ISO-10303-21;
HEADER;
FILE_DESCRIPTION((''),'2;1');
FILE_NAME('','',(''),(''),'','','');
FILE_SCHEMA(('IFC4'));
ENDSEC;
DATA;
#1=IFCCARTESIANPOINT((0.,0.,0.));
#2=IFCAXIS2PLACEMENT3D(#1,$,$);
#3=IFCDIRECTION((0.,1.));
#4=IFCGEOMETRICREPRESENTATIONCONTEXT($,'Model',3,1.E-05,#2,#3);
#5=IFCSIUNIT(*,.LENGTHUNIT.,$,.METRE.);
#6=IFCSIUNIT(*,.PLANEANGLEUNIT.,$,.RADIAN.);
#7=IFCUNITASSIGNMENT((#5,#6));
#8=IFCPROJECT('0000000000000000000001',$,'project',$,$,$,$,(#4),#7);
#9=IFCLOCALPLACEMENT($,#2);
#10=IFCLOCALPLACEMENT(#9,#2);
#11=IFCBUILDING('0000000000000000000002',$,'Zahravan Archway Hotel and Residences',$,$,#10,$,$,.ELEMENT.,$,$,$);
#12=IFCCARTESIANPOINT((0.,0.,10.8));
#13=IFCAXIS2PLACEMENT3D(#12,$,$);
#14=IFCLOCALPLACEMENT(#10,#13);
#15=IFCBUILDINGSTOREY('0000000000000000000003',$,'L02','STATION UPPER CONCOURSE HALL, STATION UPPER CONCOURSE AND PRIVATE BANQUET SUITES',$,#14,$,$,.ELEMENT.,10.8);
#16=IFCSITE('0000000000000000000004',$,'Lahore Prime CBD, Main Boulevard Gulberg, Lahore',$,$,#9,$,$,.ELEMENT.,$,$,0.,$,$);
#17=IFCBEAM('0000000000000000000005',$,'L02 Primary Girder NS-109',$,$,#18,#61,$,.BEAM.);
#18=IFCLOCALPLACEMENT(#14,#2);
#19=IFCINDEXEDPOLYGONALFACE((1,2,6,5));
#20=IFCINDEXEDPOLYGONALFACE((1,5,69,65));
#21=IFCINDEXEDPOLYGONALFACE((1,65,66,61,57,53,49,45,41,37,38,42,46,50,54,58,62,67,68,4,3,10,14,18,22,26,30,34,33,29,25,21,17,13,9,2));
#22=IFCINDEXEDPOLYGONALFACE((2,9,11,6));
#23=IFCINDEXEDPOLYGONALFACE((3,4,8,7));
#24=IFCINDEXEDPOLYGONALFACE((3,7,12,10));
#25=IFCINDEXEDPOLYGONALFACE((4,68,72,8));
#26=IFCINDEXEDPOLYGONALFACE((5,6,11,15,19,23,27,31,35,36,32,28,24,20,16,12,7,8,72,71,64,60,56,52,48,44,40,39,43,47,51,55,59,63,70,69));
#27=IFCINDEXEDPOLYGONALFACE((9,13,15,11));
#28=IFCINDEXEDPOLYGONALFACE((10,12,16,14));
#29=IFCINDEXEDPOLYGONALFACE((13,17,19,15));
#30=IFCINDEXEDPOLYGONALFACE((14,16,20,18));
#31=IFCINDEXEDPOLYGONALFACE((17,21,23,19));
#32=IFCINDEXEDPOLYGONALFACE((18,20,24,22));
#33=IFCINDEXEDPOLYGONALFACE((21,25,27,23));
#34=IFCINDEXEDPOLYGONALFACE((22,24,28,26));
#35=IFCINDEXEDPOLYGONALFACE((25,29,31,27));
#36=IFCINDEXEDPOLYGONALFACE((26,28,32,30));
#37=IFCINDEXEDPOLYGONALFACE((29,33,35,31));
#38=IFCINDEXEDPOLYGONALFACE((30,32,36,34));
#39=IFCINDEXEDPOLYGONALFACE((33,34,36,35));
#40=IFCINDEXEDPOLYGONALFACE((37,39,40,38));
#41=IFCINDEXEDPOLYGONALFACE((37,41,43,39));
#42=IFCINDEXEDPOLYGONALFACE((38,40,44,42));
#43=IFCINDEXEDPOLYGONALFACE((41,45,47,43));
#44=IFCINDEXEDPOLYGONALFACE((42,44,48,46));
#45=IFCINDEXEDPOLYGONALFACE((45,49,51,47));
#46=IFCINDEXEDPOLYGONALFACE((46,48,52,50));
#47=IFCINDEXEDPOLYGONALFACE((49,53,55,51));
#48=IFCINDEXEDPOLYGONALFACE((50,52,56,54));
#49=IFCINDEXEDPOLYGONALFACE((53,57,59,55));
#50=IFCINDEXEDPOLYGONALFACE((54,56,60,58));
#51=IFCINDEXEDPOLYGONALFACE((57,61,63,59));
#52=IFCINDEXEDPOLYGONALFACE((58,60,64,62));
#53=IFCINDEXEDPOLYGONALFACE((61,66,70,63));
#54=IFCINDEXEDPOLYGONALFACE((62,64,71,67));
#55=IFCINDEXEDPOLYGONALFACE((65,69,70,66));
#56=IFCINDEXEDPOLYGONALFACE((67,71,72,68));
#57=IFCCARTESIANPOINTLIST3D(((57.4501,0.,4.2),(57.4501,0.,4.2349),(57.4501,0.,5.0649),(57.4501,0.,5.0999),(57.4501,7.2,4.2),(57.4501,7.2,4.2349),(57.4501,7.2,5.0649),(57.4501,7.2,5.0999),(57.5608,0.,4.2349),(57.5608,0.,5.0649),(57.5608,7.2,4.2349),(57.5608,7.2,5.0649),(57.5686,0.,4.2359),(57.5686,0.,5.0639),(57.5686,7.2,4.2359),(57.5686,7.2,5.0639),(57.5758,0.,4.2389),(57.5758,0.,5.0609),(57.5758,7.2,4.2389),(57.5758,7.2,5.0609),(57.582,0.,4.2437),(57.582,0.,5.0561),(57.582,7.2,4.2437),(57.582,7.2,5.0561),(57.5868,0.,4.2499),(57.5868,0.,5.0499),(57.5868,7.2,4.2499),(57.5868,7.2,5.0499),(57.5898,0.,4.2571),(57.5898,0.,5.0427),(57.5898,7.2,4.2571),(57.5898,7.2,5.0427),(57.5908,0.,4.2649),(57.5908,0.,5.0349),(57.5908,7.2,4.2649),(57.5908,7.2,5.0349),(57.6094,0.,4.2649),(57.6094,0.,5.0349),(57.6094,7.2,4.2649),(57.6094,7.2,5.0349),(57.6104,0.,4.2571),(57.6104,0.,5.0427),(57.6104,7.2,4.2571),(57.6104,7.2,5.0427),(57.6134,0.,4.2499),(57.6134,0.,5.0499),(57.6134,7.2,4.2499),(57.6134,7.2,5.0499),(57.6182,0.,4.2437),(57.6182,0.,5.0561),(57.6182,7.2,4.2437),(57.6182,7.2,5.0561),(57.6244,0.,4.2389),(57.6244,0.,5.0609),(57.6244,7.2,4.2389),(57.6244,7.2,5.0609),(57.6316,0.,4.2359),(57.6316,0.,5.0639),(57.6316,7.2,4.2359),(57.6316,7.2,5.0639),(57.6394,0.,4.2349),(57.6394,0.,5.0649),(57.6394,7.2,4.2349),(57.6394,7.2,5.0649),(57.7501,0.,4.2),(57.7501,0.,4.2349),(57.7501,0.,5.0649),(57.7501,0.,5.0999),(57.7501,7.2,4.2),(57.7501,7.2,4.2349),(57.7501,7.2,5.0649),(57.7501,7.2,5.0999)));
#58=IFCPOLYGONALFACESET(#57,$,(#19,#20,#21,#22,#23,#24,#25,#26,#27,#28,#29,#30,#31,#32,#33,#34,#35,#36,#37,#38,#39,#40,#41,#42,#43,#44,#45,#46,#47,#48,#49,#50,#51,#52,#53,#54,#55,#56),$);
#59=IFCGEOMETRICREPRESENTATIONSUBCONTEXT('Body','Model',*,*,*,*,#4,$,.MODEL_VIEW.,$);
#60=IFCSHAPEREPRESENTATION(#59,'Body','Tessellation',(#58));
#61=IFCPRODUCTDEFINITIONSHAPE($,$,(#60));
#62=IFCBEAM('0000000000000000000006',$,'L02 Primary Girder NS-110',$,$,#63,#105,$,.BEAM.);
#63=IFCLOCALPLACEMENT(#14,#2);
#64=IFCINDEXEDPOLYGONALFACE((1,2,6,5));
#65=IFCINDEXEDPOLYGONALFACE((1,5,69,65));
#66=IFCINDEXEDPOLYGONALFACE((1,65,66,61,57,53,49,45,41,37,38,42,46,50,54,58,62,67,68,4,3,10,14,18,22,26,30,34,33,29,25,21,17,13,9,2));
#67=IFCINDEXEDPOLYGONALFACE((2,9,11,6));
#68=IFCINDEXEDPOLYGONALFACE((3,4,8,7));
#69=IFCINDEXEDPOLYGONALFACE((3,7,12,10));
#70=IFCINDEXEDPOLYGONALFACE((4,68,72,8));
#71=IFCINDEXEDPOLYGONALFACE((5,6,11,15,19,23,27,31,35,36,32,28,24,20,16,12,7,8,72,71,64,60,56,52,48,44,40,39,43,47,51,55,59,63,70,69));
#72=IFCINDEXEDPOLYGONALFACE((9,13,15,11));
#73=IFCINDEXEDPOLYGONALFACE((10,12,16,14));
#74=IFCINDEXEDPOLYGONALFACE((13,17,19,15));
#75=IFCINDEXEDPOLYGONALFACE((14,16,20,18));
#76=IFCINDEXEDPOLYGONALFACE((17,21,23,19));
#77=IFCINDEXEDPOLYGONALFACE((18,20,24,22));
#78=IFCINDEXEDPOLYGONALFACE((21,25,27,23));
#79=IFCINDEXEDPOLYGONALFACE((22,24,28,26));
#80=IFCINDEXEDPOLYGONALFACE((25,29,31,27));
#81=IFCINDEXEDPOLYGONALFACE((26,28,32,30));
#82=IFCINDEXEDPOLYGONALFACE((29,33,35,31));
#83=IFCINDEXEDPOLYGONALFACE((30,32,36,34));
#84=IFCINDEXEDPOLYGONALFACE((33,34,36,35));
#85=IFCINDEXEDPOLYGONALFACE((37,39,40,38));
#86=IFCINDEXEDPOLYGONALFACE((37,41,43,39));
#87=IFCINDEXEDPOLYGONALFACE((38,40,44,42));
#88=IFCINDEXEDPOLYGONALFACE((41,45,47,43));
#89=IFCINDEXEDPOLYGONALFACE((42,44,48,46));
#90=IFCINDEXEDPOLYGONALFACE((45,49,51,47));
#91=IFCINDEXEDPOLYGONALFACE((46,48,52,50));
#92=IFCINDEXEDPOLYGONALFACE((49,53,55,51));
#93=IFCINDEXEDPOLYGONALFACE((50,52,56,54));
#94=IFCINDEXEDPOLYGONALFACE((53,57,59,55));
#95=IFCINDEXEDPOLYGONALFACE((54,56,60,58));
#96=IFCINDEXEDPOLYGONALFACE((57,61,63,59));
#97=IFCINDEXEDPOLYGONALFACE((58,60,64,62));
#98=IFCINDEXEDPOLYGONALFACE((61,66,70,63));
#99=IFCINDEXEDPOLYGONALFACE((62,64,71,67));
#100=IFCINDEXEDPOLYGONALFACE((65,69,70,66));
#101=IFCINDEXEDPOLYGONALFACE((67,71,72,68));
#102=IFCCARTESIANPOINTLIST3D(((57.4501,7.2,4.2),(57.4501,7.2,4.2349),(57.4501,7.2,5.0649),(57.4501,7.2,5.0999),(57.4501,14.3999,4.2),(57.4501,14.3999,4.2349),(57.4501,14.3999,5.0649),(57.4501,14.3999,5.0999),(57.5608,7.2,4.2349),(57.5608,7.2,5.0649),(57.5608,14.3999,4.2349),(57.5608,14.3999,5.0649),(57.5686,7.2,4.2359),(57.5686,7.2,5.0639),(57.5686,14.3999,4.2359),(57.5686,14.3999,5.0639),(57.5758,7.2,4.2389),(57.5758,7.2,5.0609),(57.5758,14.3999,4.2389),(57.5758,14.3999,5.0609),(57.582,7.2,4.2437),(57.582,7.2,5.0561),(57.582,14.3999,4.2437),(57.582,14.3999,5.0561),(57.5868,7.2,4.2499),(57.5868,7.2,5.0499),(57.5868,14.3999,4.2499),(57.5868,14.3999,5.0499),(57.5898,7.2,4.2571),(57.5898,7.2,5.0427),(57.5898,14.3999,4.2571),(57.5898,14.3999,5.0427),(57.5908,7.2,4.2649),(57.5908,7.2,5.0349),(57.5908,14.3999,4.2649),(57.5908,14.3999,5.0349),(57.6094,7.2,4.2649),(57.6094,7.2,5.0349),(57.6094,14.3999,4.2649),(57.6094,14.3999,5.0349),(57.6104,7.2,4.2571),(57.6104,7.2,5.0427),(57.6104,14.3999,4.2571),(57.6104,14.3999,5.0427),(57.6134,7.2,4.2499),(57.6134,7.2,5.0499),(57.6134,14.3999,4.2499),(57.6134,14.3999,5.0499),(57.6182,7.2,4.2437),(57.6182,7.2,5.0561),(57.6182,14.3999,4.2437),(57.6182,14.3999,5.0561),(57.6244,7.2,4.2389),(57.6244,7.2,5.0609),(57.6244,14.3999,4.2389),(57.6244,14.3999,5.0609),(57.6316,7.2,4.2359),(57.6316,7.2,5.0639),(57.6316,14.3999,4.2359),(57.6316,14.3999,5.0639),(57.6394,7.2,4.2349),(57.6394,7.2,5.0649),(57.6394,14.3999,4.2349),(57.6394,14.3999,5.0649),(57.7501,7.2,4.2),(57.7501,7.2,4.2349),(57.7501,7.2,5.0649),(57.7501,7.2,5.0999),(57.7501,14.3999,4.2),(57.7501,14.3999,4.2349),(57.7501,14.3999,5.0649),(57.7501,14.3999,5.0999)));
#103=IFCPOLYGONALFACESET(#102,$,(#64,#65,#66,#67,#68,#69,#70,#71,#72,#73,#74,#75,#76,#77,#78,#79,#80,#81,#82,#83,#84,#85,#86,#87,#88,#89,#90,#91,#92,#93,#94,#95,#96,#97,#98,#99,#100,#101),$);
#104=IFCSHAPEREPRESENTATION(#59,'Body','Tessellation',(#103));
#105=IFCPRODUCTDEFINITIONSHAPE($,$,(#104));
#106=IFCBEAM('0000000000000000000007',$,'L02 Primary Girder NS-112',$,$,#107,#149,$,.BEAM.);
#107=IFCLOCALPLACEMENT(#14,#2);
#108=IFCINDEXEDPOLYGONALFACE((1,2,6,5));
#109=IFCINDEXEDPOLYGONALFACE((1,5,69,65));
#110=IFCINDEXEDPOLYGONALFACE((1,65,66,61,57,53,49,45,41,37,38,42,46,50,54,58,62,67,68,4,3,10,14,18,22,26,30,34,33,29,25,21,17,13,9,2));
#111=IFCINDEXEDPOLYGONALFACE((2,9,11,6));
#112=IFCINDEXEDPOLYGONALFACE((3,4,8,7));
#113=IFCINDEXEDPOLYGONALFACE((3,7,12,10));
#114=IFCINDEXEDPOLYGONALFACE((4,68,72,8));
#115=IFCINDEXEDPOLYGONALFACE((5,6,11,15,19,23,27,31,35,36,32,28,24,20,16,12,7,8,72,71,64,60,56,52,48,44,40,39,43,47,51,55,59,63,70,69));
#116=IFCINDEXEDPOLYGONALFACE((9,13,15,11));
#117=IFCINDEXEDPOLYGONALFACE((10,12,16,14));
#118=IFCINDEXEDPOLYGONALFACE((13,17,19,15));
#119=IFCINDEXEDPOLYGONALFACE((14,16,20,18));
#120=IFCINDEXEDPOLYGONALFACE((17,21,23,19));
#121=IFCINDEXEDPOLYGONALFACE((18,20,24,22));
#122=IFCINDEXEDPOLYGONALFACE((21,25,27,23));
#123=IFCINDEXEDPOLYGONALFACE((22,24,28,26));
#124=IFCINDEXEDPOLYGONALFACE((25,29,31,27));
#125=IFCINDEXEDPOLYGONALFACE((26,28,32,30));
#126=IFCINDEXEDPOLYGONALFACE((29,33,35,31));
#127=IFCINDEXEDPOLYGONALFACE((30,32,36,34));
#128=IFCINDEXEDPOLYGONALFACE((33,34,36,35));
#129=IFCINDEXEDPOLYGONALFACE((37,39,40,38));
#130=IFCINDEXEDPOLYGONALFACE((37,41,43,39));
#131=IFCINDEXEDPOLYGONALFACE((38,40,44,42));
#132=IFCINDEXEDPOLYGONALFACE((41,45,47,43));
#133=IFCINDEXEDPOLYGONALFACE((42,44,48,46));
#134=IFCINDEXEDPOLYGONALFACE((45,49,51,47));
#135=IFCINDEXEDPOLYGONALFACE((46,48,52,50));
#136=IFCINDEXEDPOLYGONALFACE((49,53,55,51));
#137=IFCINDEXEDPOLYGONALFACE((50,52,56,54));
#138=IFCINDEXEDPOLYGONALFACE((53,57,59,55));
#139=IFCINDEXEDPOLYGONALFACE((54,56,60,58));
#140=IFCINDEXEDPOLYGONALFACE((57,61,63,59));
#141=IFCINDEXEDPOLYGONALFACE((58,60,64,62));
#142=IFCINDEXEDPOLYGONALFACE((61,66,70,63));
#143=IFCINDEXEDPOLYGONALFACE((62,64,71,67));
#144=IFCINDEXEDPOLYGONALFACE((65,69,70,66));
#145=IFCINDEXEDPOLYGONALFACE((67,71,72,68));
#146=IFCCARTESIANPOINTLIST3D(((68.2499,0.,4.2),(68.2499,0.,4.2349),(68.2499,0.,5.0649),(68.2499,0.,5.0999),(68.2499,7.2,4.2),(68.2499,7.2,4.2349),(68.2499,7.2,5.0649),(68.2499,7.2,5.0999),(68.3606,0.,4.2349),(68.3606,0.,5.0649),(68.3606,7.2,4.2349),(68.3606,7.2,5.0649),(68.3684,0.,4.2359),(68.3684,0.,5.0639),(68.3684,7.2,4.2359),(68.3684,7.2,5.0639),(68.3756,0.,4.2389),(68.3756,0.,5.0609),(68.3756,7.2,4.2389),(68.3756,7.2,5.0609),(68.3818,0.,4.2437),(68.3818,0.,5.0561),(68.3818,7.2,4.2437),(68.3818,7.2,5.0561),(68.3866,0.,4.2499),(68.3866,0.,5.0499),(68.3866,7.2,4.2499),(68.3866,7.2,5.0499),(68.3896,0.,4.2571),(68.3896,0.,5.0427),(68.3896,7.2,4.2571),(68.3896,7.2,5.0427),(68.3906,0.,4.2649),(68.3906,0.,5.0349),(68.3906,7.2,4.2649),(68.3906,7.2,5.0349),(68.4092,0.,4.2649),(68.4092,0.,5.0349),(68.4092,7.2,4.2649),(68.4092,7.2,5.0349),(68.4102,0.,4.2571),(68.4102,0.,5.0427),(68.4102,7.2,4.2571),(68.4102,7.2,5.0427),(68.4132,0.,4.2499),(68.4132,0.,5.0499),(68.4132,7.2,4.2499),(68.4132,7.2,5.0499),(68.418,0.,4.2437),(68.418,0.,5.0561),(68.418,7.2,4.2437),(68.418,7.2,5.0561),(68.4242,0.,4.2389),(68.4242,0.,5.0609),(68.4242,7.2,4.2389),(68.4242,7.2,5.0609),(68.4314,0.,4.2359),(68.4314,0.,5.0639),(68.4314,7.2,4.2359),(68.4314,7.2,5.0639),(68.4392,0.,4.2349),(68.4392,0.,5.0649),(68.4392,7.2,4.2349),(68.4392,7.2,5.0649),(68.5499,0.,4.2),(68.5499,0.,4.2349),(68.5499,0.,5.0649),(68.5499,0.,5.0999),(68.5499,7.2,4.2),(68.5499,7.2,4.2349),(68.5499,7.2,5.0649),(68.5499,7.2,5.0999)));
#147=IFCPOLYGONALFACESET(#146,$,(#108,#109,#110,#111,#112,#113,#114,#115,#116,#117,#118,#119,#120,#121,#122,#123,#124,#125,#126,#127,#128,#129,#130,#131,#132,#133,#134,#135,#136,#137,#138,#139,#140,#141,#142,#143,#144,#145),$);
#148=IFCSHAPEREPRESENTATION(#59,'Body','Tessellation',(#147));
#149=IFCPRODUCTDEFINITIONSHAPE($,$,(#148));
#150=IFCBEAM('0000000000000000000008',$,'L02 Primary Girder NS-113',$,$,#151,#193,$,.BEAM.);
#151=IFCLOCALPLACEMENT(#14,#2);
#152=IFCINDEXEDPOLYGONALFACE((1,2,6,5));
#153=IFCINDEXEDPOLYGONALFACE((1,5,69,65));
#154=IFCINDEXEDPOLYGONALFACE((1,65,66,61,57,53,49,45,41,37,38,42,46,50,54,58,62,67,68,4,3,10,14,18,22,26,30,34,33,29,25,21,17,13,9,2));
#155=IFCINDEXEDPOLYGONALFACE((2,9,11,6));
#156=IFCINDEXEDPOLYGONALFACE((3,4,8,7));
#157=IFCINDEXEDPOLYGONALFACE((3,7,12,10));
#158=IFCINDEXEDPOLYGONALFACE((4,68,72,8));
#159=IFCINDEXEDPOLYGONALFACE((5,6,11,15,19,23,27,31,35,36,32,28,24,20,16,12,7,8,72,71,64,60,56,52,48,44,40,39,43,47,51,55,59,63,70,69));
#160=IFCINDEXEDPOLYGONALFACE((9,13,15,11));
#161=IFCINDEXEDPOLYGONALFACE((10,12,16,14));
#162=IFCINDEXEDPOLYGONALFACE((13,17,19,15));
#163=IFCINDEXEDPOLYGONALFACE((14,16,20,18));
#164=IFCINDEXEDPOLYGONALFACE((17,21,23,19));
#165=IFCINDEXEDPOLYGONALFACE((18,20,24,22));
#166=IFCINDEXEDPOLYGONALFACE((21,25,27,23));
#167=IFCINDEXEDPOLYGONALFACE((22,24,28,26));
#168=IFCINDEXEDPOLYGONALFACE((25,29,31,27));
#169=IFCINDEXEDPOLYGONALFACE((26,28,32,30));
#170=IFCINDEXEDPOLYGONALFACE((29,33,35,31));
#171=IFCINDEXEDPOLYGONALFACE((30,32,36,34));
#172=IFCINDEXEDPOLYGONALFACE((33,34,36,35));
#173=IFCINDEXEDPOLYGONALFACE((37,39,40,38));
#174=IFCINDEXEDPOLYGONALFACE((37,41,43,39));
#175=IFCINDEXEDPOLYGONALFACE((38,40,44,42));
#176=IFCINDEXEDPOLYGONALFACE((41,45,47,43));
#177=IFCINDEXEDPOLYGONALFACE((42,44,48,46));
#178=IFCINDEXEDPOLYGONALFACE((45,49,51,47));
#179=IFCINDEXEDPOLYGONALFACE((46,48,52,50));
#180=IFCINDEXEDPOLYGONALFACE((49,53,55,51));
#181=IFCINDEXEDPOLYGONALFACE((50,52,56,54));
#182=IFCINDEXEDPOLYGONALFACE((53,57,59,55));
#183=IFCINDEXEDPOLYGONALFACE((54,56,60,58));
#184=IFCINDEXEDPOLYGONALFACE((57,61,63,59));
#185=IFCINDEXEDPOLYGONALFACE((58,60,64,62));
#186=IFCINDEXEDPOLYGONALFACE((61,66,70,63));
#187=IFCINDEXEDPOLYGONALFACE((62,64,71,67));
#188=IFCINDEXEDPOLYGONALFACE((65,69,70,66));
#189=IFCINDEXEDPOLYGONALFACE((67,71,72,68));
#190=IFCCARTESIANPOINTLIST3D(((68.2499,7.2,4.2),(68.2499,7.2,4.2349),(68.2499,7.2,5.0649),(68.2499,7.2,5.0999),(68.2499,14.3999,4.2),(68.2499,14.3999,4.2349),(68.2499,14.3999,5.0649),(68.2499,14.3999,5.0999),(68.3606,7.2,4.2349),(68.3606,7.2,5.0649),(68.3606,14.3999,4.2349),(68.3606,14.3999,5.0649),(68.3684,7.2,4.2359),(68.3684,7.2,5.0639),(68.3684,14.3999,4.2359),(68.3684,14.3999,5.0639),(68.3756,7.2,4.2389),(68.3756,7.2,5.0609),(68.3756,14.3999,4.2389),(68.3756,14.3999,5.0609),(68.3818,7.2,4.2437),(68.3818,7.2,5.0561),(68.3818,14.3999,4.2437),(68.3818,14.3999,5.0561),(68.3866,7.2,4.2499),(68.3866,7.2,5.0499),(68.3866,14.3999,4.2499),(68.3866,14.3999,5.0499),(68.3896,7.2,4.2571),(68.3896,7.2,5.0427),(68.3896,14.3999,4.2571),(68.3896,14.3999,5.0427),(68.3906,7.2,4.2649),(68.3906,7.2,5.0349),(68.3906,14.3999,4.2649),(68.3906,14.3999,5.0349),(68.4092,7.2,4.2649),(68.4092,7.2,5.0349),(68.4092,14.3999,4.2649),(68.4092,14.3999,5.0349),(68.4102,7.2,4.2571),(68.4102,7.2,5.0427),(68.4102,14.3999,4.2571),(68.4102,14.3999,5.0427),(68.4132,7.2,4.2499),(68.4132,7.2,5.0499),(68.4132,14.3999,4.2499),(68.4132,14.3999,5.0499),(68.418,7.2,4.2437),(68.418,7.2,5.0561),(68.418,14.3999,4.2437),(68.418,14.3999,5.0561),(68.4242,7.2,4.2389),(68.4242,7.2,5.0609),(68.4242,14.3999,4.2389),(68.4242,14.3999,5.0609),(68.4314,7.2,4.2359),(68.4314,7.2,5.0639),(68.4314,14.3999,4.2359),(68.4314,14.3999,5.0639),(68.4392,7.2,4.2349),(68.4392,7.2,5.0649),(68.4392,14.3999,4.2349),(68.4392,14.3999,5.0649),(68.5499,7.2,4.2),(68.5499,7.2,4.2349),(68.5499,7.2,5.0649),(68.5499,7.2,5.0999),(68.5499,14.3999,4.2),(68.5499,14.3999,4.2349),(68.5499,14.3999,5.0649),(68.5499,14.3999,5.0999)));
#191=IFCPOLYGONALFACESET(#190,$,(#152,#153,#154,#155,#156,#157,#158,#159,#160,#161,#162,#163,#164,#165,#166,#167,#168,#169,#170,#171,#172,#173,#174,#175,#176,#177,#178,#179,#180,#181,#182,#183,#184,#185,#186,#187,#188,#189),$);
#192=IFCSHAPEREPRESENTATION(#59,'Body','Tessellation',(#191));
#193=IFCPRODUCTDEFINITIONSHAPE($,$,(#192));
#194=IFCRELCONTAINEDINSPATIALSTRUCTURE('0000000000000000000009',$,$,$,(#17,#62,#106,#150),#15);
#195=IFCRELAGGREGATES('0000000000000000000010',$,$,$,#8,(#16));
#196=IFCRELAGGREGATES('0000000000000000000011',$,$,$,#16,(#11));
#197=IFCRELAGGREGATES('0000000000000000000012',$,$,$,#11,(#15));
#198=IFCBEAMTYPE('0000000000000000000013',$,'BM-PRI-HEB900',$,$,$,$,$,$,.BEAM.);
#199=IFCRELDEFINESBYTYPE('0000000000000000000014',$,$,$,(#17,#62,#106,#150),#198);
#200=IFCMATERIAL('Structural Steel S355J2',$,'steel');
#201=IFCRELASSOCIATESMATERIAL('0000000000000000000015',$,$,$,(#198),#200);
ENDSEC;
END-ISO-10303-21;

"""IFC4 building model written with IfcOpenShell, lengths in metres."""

from ifc_helpers import new_model, si_unit, direction, frame, origin, origin_2d, place, context, subcontext, project, spatial, i_section, extrude, source, transform, mapped, material, material_profile, profile_set, type_object, element, save


model = new_model("IFC4")

# Units and contexts
model_context = context("Model", 3, precision=1e-05, world=origin(), true_north=direction((0.0, 1.0)))
body_context = subcontext(model_context, "Body", "Model", "MODEL_VIEW")
ifc_project = project(units=[si_unit("LENGTHUNIT", "METRE"), si_unit("PLANEANGLEUNIT", "RADIAN")], contexts=[model_context])

# Site, building, storey
site_placement = place(None, origin())
site = spatial("IfcSite", under=ifc_project, at=site_placement, Name="Lahore Prime CBD, Main Boulevard Gulberg, Lahore", CompositionType="ELEMENT", RefElevation=0.0)
building_placement = place(site_placement, origin())
building = spatial("IfcBuilding", under=site, at=building_placement, Name="Zahravan Archway Hotel and Residences", CompositionType="ELEMENT")
storey_placement = place(building_placement, frame((0.0, 0.0, 10.8)))
storey = spatial("IfcBuildingStorey", under=building, at=storey_placement, Name="L02", Description="STATION UPPER CONCOURSE HALL, STATION UPPER CONCOURSE AND PRIVATE BANQUET SUITES", CompositionType="ELEMENT", Elevation=10.8)

# Beams
ifc_material_1 = material(Name="Structural Steel S355J2", Category="steel")
ifc_material_profile_1 = material_profile(ifc_material_1, i_section(OverallWidth=0.3, OverallDepth=0.8999, WebThickness=0.0186, FlangeThickness=0.0349, FilletRadius=0.03, at=origin_2d()), Name="HEB 900", Category="steel")
ifc_profile_set_1 = profile_set([ifc_material_profile_1], Name="Structural Steel S355J2")
beam_type_1 = type_object("IfcBeamType", Name="BM-PRI-HEB900", PredefinedType="BEAM", material=ifc_profile_set_1)
shared_shape_1 = source(origin(), body_context, "Body", "SweptSolid", [
    extrude(i_section(OverallWidth=0.3, OverallDepth=0.8999, WebThickness=0.0186, FlangeThickness=0.0349, FilletRadius=0.03, at=origin_2d()), origin(), (0.0, 0.0, 1.0), 7.2),
])
for number, where, z_axis, x_axis, name in (
    (1, (57.6001, 0.0, 4.6499), (0.0, 1.0, 0.0), (-1.0, 0.0, 0.0), "L02 Primary Girder NS-109"),
    (2, (57.6001, 7.2, 4.6499), (0.0, 1.0, 0.0), (-1.0, 0.0, 0.0), "L02 Primary Girder NS-110"),
    (3, (68.3999, 0.0, 4.6499), (0.0, 1.0, 0.0), (-1.0, 0.0, 0.0), "L02 Primary Girder NS-112"),
    (4, (68.3999, 7.2, 4.6499), (0.0, 1.0, 0.0), (-1.0, 0.0, 0.0), "L02 Primary Girder NS-113"),
):
    element("IfcBeam", number, at=place(storey_placement, frame(where, z_axis=z_axis, x_axis=x_axis)), inside=storey, type_object=beam_type_1, Name=name, PredefinedType="BEAM", context=body_context, shape_type="MappedRepresentation", body=[
        mapped(shared_shape_1, transform((0.0, 0.0, 0.0), scale=1.0)),
    ])

save(model, "model.ifc")
